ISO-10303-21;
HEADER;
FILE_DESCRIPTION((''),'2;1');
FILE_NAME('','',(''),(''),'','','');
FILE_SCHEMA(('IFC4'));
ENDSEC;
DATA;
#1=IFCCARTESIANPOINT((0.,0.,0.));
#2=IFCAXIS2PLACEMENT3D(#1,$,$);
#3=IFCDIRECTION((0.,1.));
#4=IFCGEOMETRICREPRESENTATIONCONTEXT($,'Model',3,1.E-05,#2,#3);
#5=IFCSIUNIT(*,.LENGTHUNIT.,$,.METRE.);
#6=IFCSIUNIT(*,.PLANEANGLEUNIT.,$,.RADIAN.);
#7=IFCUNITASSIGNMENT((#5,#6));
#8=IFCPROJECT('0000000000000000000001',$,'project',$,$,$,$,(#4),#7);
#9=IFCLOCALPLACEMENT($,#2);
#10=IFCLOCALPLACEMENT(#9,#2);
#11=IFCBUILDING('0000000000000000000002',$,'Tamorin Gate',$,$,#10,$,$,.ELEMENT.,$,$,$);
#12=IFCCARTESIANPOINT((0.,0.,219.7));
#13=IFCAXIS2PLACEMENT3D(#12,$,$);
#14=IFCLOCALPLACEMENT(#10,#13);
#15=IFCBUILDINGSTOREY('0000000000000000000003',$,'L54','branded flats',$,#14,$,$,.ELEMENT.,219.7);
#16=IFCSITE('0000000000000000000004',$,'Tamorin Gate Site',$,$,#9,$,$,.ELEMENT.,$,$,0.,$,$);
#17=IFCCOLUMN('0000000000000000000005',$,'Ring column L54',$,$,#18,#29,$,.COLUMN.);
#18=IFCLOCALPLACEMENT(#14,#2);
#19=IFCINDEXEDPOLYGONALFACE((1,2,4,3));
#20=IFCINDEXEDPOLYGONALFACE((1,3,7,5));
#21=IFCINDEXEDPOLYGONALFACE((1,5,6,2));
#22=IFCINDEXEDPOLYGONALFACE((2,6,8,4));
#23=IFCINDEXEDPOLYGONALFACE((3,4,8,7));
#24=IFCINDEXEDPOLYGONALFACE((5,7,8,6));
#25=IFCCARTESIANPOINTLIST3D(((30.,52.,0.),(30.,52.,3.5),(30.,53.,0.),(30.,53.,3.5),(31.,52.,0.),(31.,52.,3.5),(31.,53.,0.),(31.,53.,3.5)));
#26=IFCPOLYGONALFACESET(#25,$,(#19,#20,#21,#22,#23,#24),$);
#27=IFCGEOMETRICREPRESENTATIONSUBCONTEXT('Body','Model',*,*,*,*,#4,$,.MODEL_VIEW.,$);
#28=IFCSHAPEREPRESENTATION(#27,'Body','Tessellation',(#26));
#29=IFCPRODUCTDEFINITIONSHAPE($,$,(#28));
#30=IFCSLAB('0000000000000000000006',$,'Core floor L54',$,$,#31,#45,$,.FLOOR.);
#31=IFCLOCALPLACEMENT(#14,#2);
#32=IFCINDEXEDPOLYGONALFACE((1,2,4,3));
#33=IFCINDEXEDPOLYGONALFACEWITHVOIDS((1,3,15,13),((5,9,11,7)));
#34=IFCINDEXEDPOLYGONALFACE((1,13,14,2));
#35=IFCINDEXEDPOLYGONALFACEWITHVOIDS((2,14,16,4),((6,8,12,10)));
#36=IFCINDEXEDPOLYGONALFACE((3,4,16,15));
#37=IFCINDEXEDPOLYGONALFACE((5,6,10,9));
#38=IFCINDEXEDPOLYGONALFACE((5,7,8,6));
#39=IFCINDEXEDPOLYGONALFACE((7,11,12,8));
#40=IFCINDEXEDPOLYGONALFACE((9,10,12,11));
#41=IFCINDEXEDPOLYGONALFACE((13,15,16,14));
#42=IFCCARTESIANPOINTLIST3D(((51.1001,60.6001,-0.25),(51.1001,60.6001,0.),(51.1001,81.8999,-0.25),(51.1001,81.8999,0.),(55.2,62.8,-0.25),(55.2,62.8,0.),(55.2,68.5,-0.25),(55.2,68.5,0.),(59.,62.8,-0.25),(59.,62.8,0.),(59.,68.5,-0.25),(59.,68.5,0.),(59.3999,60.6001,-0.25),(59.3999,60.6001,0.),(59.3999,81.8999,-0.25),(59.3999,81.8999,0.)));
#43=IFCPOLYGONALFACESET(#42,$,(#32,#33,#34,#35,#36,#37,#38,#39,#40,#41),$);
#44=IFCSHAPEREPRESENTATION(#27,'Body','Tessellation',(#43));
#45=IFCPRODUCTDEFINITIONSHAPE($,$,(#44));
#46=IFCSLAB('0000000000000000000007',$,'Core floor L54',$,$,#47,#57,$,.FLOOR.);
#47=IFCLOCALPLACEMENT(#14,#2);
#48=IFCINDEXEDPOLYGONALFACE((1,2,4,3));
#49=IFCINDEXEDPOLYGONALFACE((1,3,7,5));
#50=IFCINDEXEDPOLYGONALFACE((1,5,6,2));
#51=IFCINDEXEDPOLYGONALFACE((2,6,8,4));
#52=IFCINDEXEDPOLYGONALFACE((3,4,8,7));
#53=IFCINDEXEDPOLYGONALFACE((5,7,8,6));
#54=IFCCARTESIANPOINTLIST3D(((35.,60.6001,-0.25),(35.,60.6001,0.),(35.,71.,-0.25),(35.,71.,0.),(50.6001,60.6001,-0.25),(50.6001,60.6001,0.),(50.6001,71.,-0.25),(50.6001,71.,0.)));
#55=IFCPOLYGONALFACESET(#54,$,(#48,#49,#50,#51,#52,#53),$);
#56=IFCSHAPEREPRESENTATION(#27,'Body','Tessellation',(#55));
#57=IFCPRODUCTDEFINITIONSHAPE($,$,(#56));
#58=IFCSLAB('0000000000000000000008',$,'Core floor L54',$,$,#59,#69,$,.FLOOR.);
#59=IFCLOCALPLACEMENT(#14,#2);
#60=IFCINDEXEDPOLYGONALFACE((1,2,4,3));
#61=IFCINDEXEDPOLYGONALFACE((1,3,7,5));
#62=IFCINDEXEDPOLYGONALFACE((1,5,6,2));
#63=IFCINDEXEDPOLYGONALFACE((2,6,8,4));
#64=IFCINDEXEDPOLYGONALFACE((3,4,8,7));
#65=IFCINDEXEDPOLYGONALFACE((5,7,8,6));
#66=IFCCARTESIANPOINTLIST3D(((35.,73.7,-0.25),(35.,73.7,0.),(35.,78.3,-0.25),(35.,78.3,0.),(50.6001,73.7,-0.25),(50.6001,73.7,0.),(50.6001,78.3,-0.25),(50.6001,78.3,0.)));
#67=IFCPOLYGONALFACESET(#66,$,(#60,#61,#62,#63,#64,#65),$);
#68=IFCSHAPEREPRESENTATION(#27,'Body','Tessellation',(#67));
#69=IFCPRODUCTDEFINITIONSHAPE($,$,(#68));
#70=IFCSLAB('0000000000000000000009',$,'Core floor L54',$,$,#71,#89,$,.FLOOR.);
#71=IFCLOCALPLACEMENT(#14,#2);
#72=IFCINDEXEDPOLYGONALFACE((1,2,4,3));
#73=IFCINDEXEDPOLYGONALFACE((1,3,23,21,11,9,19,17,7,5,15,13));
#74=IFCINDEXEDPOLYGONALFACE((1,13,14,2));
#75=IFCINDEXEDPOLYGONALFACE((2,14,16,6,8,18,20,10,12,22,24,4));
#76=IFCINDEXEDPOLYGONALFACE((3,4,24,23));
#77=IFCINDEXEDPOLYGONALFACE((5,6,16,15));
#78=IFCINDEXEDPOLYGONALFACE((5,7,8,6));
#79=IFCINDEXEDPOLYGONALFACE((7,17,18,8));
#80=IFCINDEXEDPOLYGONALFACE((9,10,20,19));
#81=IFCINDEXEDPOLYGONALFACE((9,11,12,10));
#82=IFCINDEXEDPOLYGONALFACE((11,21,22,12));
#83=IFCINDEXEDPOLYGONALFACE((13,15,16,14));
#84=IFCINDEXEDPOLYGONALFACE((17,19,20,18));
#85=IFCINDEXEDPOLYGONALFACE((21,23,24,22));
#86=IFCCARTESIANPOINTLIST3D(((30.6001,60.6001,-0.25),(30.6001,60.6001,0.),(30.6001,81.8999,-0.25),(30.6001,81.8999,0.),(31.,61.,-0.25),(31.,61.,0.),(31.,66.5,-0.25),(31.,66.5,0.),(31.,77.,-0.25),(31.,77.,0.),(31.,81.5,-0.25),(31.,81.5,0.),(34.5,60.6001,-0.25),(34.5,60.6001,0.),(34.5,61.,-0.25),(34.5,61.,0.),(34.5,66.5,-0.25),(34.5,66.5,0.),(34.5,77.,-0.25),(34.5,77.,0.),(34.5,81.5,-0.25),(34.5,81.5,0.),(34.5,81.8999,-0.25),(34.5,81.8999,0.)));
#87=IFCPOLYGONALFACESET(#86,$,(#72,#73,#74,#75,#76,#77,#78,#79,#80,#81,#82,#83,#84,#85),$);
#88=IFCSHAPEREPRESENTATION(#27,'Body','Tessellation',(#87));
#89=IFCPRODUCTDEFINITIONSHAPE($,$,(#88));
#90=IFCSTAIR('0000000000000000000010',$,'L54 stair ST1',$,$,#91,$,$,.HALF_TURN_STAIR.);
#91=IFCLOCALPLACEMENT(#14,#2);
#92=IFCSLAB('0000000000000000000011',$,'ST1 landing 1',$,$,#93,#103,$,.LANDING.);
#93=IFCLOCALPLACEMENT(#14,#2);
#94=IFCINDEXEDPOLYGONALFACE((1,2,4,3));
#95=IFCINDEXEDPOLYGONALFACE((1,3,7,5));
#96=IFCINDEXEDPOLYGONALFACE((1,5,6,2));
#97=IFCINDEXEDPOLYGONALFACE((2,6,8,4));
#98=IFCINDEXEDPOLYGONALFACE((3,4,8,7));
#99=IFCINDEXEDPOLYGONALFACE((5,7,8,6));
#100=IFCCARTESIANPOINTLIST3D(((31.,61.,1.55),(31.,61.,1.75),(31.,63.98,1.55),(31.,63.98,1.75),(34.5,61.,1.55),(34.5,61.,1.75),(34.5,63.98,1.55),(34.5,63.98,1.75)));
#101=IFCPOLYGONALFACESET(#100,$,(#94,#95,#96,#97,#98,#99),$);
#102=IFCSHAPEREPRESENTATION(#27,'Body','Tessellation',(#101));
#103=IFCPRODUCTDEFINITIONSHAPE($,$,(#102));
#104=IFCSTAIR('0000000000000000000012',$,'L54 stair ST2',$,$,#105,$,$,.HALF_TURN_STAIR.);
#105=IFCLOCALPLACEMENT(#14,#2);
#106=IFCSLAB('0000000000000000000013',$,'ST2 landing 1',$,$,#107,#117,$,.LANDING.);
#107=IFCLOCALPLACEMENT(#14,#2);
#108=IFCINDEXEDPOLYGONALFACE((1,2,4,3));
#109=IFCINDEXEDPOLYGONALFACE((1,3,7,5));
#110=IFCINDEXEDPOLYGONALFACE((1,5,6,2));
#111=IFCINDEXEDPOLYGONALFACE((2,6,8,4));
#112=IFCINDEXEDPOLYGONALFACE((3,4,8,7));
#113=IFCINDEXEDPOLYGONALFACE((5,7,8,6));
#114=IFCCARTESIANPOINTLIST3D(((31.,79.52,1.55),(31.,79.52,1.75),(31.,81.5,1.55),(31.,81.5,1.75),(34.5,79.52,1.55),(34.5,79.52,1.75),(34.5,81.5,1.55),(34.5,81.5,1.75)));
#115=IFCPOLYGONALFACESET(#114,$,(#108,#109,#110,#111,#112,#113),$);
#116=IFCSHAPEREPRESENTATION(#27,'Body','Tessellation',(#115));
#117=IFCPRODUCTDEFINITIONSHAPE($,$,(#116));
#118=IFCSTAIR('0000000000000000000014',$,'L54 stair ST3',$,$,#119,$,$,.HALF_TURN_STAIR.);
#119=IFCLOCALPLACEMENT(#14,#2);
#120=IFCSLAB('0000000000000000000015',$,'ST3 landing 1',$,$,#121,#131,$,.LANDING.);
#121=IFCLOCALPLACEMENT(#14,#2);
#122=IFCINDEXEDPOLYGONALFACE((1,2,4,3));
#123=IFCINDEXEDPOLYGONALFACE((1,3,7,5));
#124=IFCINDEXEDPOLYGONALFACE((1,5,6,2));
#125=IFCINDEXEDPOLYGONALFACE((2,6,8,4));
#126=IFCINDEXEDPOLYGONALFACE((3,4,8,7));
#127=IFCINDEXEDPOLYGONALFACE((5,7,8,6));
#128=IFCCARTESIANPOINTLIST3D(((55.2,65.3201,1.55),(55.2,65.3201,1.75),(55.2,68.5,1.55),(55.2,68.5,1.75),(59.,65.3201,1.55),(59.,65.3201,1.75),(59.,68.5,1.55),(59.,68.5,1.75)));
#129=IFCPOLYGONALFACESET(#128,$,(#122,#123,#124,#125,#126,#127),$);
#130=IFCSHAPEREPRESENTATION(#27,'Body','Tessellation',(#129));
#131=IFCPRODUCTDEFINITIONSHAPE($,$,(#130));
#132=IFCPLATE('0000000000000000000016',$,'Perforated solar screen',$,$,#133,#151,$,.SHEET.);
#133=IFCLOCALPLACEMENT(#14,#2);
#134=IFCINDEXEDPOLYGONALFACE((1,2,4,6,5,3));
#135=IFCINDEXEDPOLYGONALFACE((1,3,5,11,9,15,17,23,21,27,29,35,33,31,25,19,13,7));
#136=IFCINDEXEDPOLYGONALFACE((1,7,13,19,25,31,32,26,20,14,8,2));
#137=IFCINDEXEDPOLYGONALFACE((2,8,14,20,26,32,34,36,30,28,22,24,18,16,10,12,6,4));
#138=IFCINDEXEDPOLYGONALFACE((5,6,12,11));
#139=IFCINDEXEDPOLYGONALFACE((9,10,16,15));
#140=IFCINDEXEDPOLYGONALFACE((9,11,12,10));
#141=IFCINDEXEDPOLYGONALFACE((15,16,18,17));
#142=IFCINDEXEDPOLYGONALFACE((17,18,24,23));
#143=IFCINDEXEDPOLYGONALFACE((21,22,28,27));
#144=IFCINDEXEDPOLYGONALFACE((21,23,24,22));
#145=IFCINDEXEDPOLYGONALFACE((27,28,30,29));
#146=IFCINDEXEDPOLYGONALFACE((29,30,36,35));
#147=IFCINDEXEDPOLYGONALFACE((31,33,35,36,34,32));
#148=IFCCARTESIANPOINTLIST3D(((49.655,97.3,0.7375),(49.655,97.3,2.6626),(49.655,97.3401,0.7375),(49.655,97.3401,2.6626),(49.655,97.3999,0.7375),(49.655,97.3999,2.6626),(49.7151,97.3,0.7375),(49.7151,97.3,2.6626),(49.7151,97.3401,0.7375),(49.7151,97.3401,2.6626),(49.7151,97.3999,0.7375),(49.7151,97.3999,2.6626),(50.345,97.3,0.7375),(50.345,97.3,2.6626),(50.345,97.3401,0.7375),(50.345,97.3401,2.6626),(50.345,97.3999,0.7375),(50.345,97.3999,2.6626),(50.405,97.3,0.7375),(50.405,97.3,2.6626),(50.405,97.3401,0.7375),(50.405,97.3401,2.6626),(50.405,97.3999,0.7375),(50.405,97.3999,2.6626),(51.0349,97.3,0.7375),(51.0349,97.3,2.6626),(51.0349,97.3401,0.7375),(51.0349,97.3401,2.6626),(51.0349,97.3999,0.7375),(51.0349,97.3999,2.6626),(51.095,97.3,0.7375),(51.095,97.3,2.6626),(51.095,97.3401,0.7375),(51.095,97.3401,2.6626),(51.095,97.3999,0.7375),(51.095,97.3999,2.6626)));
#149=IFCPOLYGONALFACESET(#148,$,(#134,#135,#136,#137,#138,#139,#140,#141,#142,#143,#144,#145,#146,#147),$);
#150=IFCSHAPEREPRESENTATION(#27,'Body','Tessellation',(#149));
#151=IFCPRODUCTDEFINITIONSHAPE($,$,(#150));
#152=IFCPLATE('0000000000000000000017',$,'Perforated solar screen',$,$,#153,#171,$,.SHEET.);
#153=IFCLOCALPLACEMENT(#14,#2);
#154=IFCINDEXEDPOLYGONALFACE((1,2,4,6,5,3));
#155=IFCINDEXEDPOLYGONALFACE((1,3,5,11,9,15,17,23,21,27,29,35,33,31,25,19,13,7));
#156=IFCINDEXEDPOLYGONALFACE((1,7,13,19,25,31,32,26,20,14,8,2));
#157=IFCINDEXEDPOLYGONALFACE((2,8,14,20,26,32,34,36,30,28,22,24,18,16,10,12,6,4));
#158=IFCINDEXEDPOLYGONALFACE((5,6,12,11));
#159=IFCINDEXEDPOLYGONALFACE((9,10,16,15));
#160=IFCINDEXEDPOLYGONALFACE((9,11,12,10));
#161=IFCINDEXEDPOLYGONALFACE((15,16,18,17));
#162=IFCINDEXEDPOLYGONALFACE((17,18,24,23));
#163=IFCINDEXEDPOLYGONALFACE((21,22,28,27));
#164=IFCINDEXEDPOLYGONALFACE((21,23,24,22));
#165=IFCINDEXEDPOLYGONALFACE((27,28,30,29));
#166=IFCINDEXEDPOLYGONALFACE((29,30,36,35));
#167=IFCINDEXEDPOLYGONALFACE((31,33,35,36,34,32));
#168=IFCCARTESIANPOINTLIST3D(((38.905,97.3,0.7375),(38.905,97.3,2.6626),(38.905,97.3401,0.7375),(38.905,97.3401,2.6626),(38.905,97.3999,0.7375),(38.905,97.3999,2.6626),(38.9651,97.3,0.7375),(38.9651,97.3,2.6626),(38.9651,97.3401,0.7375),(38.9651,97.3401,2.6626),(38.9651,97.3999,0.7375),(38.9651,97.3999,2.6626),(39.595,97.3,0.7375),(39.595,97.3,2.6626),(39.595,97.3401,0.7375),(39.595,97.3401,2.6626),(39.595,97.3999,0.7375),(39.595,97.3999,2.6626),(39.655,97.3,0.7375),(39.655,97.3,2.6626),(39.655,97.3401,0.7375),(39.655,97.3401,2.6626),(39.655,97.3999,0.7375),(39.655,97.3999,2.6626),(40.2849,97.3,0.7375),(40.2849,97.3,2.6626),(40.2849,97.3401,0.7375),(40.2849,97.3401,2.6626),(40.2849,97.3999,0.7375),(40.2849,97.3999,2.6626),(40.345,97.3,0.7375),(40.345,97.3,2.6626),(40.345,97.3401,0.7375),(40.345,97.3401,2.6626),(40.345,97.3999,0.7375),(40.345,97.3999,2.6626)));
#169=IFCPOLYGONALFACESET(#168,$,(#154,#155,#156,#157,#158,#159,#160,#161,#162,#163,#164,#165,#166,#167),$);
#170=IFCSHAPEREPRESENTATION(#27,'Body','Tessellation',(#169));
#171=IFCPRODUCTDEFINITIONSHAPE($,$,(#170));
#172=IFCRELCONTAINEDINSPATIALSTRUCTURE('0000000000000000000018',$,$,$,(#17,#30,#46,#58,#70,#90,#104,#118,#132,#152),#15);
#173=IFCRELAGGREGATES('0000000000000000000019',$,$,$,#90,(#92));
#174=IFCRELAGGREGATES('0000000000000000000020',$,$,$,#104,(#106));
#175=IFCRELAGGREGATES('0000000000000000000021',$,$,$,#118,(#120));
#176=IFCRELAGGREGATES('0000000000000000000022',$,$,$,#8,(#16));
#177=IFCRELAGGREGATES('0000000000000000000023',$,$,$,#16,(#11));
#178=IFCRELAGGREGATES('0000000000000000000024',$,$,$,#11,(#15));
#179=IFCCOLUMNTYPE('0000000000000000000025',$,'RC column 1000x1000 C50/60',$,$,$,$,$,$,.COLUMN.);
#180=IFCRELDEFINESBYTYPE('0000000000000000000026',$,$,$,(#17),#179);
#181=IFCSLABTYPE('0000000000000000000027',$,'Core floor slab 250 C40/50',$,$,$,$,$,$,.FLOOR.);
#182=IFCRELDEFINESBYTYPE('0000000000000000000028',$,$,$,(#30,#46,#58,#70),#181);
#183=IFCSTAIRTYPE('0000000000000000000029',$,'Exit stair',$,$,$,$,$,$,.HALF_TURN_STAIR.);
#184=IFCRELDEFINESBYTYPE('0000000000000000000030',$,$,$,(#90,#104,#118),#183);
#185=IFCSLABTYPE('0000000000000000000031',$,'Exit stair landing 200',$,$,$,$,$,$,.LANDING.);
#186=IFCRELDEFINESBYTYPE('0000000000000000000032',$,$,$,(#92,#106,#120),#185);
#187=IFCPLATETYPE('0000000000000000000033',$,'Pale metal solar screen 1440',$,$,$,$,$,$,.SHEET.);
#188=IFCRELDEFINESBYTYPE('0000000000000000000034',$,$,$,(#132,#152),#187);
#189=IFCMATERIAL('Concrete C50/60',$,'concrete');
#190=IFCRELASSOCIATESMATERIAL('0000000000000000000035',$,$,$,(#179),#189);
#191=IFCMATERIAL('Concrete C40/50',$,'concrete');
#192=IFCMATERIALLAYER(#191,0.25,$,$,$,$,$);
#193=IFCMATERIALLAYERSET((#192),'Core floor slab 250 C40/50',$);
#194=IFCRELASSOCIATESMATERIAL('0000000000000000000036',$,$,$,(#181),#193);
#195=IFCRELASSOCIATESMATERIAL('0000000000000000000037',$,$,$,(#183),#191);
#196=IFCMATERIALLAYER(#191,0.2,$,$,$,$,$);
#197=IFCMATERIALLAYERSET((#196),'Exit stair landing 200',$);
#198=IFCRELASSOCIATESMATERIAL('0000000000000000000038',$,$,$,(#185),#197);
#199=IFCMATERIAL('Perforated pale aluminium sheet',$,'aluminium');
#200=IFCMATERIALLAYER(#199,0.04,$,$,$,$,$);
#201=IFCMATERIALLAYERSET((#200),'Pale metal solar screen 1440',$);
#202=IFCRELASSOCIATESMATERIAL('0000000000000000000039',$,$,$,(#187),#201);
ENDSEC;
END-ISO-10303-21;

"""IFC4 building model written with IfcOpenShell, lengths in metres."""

from ifc_helpers import new_model, si_unit, direction, frame, origin, origin_2d, place, context, subcontext, project, spatial, polyline, rectangle, outline, extrude, material, layer, layer_set, material_profile, profile_set, type_object, element, aggregate, save


model = new_model("IFC4")

# Units and contexts
model_context = context("Model", 3, precision=1e-05, world=origin(), true_north=direction((0.0, 1.0)))
body_context = subcontext(model_context, "Body", "Model", "MODEL_VIEW")
ifc_project = project(units=[si_unit("LENGTHUNIT", "METRE"), si_unit("PLANEANGLEUNIT", "RADIAN")], contexts=[model_context])

# Site, building, storey
site_placement = place(None, origin())
site = spatial("IfcSite", under=ifc_project, at=site_placement, Name="Tamorin Gate Site", CompositionType="ELEMENT", RefElevation=0.0)
building_placement = place(site_placement, origin())
building = spatial("IfcBuilding", under=site, at=building_placement, Name="Tamorin Gate", CompositionType="ELEMENT")
storey_placement = place(building_placement, frame((0.0, 0.0, 219.7)))
storey = spatial("IfcBuildingStorey", under=building, at=storey_placement, Name="L54", Description="branded flats", CompositionType="ELEMENT", Elevation=219.7)

# Column
ifc_material_1 = material(Name="Concrete C50/60", Category="concrete")
ifc_material_profile = material_profile(ifc_material_1, rectangle(XDim=1.0, YDim=1.0, at=origin_2d()), Name="RC 1000x1000")
ifc_profile_set = profile_set([ifc_material_profile], Name="Concrete C50/60")
column_type = type_object("IfcColumnType", Name="RC column 1000x1000 C50/60", PredefinedType="COLUMN", material=ifc_profile_set)
column_placement = place(storey_placement, frame((30.5, 52.5, 0.0), z_axis=(0.0, 0.0, 1.0), x_axis=(1.0, 0.0, 0.0)))
element("IfcColumn", 1, at=column_placement, inside=storey, type_object=column_type, Name="Ring column L54", PredefinedType="COLUMN", context=body_context, shape_type="SweptSolid", body=[
    extrude(rectangle(XDim=1.0, YDim=1.0, at=origin_2d()), origin(), (0.0, 0.0, 1.0), 3.5),
])

# Slabs
ifc_material_2 = material(Name="Concrete C40/50", Category="concrete")
ifc_layer_1 = layer(ifc_material_2, 0.25)
ifc_layer_set_1 = layer_set([ifc_layer_1], Name="Core floor slab 250 C40/50")
slab_type_1 = type_object("IfcSlabType", Name="Core floor slab 250 C40/50", PredefinedType="FLOOR", material=ifc_layer_set_1)
slab_1_placement = place(storey_placement, frame((0.0, 0.0, -0.25)))
element("IfcSlab", 2, at=slab_1_placement, inside=storey, type_object=slab_type_1, Name="Core floor L54", PredefinedType="FLOOR", context=body_context, shape_type="SweptSolid", body=[
    extrude(outline(polyline([(51.1001, 81.8999), (59.3999, 81.8999), (59.3999, 60.6001), (51.1001, 60.6001), (51.1001, 81.8999)]), holes=[polyline([(55.2, 62.8), (59.0, 62.8), (59.0, 68.5), (55.2, 68.5), (55.2, 62.8)])]), origin(), (0.0, 0.0, 1.0), 0.25),
])
slab_2_placement = place(storey_placement, frame((0.0, 0.0, -0.25)))
element("IfcSlab", 3, at=slab_2_placement, inside=storey, type_object=slab_type_1, Name="Core floor L54", PredefinedType="FLOOR", context=body_context, shape_type="SweptSolid", body=[
    extrude(outline(polyline([(50.6001, 71.0), (50.6001, 60.6001), (35.0, 60.6001), (35.0, 71.0), (50.6001, 71.0)])), origin(), (0.0, 0.0, 1.0), 0.25),
])
slab_3_placement = place(storey_placement, frame((0.0, 0.0, -0.25)))
element("IfcSlab", 4, at=slab_3_placement, inside=storey, type_object=slab_type_1, Name="Core floor L54", PredefinedType="FLOOR", context=body_context, shape_type="SweptSolid", body=[
    extrude(outline(polyline([(50.6001, 73.7), (35.0, 73.7), (35.0, 78.3), (50.6001, 78.3), (50.6001, 73.7)])), origin(), (0.0, 0.0, 1.0), 0.25),
])
slab_4_placement = place(storey_placement, frame((0.0, 0.0, -0.25)))
element("IfcSlab", 5, at=slab_4_placement, inside=storey, type_object=slab_type_1, Name="Core floor L54", PredefinedType="FLOOR", context=body_context, shape_type="SweptSolid", body=[
    extrude(outline(polyline([(34.5, 60.6001), (30.6001, 60.6001), (30.6001, 81.8999), (34.5, 81.8999), (34.5, 81.5), (31.0, 81.5), (31.0, 77.0), (34.5, 77.0), (34.5, 66.5), (31.0, 66.5), (31.0, 61.0), (34.5, 61.0), (34.5, 60.6001)])), origin(), (0.0, 0.0, 1.0), 0.25),
])

# Stairs, slabs
stair_type = type_object("IfcStairType", Name="Exit stair", PredefinedType="HALF_TURN_STAIR", material=ifc_material_2)
stair_1_placement = place(storey_placement, origin())
stair_1 = element("IfcStair", 6, at=stair_1_placement, inside=storey, type_object=stair_type, Name="L54 stair ST1", PredefinedType="HALF_TURN_STAIR")
ifc_layer_2 = layer(ifc_material_2, 0.2)
ifc_layer_set_2 = layer_set([ifc_layer_2], Name="Exit stair landing 200")
slab_type_2 = type_object("IfcSlabType", Name="Exit stair landing 200", PredefinedType="LANDING", material=ifc_layer_set_2)
slab_5_placement = place(storey_placement, frame((0.0, 0.0, 1.55)))
slab_5 = element("IfcSlab", 7, at=slab_5_placement, type_object=slab_type_2, Name="ST1 landing 1", PredefinedType="LANDING", context=body_context, shape_type="SweptSolid", body=[
    extrude(outline(polyline([(31.0, 63.98), (31.0, 61.0), (34.5, 61.0), (34.5, 63.98), (31.0, 63.98)])), origin(), (0.0, 0.0, 1.0), 0.2),
])
aggregate(stair_1, [slab_5])
stair_2_placement = place(storey_placement, origin())
stair_2 = element("IfcStair", 8, at=stair_2_placement, inside=storey, type_object=stair_type, Name="L54 stair ST2", PredefinedType="HALF_TURN_STAIR")
slab_6_placement = place(storey_placement, frame((0.0, 0.0, 1.55)))
slab_6 = element("IfcSlab", 9, at=slab_6_placement, type_object=slab_type_2, Name="ST2 landing 1", PredefinedType="LANDING", context=body_context, shape_type="SweptSolid", body=[
    extrude(outline(polyline([(34.5, 79.52), (34.5, 81.5), (31.0, 81.5), (31.0, 79.52), (34.5, 79.52)])), origin(), (0.0, 0.0, 1.0), 0.2),
])
aggregate(stair_2, [slab_6])
stair_3_placement = place(storey_placement, origin())
stair_3 = element("IfcStair", 10, at=stair_3_placement, inside=storey, type_object=stair_type, Name="L54 stair ST3", PredefinedType="HALF_TURN_STAIR")
slab_7_placement = place(storey_placement, frame((0.0, 0.0, 1.55)))
slab_7 = element("IfcSlab", 11, at=slab_7_placement, type_object=slab_type_2, Name="ST3 landing 1", PredefinedType="LANDING", context=body_context, shape_type="SweptSolid", body=[
    extrude(outline(polyline([(59.0, 65.3201), (59.0, 68.5), (55.2, 68.5), (55.2, 65.3201), (59.0, 65.3201)])), origin(), (0.0, 0.0, 1.0), 0.2),
])
aggregate(stair_3, [slab_7])

# Plates
ifc_material_3 = material(Name="Perforated pale aluminium sheet", Category="aluminium")
ifc_layer_3 = layer(ifc_material_3, 0.04)
ifc_layer_set_3 = layer_set([ifc_layer_3], Name="Pale metal solar screen 1440")
plate_type = type_object("IfcPlateType", Name="Pale metal solar screen 1440", PredefinedType="SHEET", material=ifc_layer_set_3)
plate_1_placement = place(storey_placement, frame((0.0, 0.0, 0.7375)))
element("IfcPlate", 12, at=plate_1_placement, inside=storey, type_object=plate_type, Name="Perforated solar screen", PredefinedType="SHEET", context=body_context, shape_type="SweptSolid", body=[
    extrude(outline(polyline([(51.095, 97.3401), (51.095, 97.3), (51.0349, 97.3), (50.405, 97.3), (50.345, 97.3), (49.7151, 97.3), (49.655, 97.3), (49.655, 97.3401), (49.655, 97.3999), (49.7151, 97.3999), (49.7151, 97.3401), (50.345, 97.3401), (50.345, 97.3999), (50.405, 97.3999), (50.405, 97.3401), (51.0349, 97.3401), (51.0349, 97.3999), (51.095, 97.3999), (51.095, 97.3401)])), origin(), (0.0, 0.0, 1.0), 1.925),
])
plate_2_placement = place(storey_placement, frame((0.0, 0.0, 0.7375)))
element("IfcPlate", 13, at=plate_2_placement, inside=storey, type_object=plate_type, Name="Perforated solar screen", PredefinedType="SHEET", context=body_context, shape_type="SweptSolid", body=[
    extrude(outline(polyline([(40.345, 97.3401), (40.345, 97.3), (40.2849, 97.3), (39.655, 97.3), (39.595, 97.3), (38.9651, 97.3), (38.905, 97.3), (38.905, 97.3401), (38.905, 97.3999), (38.9651, 97.3999), (38.9651, 97.3401), (39.595, 97.3401), (39.595, 97.3999), (39.655, 97.3999), (39.655, 97.3401), (40.2849, 97.3401), (40.2849, 97.3999), (40.345, 97.3999), (40.345, 97.3401)])), origin(), (0.0, 0.0, 1.0), 1.925),
])

save(model, "model.ifc")
